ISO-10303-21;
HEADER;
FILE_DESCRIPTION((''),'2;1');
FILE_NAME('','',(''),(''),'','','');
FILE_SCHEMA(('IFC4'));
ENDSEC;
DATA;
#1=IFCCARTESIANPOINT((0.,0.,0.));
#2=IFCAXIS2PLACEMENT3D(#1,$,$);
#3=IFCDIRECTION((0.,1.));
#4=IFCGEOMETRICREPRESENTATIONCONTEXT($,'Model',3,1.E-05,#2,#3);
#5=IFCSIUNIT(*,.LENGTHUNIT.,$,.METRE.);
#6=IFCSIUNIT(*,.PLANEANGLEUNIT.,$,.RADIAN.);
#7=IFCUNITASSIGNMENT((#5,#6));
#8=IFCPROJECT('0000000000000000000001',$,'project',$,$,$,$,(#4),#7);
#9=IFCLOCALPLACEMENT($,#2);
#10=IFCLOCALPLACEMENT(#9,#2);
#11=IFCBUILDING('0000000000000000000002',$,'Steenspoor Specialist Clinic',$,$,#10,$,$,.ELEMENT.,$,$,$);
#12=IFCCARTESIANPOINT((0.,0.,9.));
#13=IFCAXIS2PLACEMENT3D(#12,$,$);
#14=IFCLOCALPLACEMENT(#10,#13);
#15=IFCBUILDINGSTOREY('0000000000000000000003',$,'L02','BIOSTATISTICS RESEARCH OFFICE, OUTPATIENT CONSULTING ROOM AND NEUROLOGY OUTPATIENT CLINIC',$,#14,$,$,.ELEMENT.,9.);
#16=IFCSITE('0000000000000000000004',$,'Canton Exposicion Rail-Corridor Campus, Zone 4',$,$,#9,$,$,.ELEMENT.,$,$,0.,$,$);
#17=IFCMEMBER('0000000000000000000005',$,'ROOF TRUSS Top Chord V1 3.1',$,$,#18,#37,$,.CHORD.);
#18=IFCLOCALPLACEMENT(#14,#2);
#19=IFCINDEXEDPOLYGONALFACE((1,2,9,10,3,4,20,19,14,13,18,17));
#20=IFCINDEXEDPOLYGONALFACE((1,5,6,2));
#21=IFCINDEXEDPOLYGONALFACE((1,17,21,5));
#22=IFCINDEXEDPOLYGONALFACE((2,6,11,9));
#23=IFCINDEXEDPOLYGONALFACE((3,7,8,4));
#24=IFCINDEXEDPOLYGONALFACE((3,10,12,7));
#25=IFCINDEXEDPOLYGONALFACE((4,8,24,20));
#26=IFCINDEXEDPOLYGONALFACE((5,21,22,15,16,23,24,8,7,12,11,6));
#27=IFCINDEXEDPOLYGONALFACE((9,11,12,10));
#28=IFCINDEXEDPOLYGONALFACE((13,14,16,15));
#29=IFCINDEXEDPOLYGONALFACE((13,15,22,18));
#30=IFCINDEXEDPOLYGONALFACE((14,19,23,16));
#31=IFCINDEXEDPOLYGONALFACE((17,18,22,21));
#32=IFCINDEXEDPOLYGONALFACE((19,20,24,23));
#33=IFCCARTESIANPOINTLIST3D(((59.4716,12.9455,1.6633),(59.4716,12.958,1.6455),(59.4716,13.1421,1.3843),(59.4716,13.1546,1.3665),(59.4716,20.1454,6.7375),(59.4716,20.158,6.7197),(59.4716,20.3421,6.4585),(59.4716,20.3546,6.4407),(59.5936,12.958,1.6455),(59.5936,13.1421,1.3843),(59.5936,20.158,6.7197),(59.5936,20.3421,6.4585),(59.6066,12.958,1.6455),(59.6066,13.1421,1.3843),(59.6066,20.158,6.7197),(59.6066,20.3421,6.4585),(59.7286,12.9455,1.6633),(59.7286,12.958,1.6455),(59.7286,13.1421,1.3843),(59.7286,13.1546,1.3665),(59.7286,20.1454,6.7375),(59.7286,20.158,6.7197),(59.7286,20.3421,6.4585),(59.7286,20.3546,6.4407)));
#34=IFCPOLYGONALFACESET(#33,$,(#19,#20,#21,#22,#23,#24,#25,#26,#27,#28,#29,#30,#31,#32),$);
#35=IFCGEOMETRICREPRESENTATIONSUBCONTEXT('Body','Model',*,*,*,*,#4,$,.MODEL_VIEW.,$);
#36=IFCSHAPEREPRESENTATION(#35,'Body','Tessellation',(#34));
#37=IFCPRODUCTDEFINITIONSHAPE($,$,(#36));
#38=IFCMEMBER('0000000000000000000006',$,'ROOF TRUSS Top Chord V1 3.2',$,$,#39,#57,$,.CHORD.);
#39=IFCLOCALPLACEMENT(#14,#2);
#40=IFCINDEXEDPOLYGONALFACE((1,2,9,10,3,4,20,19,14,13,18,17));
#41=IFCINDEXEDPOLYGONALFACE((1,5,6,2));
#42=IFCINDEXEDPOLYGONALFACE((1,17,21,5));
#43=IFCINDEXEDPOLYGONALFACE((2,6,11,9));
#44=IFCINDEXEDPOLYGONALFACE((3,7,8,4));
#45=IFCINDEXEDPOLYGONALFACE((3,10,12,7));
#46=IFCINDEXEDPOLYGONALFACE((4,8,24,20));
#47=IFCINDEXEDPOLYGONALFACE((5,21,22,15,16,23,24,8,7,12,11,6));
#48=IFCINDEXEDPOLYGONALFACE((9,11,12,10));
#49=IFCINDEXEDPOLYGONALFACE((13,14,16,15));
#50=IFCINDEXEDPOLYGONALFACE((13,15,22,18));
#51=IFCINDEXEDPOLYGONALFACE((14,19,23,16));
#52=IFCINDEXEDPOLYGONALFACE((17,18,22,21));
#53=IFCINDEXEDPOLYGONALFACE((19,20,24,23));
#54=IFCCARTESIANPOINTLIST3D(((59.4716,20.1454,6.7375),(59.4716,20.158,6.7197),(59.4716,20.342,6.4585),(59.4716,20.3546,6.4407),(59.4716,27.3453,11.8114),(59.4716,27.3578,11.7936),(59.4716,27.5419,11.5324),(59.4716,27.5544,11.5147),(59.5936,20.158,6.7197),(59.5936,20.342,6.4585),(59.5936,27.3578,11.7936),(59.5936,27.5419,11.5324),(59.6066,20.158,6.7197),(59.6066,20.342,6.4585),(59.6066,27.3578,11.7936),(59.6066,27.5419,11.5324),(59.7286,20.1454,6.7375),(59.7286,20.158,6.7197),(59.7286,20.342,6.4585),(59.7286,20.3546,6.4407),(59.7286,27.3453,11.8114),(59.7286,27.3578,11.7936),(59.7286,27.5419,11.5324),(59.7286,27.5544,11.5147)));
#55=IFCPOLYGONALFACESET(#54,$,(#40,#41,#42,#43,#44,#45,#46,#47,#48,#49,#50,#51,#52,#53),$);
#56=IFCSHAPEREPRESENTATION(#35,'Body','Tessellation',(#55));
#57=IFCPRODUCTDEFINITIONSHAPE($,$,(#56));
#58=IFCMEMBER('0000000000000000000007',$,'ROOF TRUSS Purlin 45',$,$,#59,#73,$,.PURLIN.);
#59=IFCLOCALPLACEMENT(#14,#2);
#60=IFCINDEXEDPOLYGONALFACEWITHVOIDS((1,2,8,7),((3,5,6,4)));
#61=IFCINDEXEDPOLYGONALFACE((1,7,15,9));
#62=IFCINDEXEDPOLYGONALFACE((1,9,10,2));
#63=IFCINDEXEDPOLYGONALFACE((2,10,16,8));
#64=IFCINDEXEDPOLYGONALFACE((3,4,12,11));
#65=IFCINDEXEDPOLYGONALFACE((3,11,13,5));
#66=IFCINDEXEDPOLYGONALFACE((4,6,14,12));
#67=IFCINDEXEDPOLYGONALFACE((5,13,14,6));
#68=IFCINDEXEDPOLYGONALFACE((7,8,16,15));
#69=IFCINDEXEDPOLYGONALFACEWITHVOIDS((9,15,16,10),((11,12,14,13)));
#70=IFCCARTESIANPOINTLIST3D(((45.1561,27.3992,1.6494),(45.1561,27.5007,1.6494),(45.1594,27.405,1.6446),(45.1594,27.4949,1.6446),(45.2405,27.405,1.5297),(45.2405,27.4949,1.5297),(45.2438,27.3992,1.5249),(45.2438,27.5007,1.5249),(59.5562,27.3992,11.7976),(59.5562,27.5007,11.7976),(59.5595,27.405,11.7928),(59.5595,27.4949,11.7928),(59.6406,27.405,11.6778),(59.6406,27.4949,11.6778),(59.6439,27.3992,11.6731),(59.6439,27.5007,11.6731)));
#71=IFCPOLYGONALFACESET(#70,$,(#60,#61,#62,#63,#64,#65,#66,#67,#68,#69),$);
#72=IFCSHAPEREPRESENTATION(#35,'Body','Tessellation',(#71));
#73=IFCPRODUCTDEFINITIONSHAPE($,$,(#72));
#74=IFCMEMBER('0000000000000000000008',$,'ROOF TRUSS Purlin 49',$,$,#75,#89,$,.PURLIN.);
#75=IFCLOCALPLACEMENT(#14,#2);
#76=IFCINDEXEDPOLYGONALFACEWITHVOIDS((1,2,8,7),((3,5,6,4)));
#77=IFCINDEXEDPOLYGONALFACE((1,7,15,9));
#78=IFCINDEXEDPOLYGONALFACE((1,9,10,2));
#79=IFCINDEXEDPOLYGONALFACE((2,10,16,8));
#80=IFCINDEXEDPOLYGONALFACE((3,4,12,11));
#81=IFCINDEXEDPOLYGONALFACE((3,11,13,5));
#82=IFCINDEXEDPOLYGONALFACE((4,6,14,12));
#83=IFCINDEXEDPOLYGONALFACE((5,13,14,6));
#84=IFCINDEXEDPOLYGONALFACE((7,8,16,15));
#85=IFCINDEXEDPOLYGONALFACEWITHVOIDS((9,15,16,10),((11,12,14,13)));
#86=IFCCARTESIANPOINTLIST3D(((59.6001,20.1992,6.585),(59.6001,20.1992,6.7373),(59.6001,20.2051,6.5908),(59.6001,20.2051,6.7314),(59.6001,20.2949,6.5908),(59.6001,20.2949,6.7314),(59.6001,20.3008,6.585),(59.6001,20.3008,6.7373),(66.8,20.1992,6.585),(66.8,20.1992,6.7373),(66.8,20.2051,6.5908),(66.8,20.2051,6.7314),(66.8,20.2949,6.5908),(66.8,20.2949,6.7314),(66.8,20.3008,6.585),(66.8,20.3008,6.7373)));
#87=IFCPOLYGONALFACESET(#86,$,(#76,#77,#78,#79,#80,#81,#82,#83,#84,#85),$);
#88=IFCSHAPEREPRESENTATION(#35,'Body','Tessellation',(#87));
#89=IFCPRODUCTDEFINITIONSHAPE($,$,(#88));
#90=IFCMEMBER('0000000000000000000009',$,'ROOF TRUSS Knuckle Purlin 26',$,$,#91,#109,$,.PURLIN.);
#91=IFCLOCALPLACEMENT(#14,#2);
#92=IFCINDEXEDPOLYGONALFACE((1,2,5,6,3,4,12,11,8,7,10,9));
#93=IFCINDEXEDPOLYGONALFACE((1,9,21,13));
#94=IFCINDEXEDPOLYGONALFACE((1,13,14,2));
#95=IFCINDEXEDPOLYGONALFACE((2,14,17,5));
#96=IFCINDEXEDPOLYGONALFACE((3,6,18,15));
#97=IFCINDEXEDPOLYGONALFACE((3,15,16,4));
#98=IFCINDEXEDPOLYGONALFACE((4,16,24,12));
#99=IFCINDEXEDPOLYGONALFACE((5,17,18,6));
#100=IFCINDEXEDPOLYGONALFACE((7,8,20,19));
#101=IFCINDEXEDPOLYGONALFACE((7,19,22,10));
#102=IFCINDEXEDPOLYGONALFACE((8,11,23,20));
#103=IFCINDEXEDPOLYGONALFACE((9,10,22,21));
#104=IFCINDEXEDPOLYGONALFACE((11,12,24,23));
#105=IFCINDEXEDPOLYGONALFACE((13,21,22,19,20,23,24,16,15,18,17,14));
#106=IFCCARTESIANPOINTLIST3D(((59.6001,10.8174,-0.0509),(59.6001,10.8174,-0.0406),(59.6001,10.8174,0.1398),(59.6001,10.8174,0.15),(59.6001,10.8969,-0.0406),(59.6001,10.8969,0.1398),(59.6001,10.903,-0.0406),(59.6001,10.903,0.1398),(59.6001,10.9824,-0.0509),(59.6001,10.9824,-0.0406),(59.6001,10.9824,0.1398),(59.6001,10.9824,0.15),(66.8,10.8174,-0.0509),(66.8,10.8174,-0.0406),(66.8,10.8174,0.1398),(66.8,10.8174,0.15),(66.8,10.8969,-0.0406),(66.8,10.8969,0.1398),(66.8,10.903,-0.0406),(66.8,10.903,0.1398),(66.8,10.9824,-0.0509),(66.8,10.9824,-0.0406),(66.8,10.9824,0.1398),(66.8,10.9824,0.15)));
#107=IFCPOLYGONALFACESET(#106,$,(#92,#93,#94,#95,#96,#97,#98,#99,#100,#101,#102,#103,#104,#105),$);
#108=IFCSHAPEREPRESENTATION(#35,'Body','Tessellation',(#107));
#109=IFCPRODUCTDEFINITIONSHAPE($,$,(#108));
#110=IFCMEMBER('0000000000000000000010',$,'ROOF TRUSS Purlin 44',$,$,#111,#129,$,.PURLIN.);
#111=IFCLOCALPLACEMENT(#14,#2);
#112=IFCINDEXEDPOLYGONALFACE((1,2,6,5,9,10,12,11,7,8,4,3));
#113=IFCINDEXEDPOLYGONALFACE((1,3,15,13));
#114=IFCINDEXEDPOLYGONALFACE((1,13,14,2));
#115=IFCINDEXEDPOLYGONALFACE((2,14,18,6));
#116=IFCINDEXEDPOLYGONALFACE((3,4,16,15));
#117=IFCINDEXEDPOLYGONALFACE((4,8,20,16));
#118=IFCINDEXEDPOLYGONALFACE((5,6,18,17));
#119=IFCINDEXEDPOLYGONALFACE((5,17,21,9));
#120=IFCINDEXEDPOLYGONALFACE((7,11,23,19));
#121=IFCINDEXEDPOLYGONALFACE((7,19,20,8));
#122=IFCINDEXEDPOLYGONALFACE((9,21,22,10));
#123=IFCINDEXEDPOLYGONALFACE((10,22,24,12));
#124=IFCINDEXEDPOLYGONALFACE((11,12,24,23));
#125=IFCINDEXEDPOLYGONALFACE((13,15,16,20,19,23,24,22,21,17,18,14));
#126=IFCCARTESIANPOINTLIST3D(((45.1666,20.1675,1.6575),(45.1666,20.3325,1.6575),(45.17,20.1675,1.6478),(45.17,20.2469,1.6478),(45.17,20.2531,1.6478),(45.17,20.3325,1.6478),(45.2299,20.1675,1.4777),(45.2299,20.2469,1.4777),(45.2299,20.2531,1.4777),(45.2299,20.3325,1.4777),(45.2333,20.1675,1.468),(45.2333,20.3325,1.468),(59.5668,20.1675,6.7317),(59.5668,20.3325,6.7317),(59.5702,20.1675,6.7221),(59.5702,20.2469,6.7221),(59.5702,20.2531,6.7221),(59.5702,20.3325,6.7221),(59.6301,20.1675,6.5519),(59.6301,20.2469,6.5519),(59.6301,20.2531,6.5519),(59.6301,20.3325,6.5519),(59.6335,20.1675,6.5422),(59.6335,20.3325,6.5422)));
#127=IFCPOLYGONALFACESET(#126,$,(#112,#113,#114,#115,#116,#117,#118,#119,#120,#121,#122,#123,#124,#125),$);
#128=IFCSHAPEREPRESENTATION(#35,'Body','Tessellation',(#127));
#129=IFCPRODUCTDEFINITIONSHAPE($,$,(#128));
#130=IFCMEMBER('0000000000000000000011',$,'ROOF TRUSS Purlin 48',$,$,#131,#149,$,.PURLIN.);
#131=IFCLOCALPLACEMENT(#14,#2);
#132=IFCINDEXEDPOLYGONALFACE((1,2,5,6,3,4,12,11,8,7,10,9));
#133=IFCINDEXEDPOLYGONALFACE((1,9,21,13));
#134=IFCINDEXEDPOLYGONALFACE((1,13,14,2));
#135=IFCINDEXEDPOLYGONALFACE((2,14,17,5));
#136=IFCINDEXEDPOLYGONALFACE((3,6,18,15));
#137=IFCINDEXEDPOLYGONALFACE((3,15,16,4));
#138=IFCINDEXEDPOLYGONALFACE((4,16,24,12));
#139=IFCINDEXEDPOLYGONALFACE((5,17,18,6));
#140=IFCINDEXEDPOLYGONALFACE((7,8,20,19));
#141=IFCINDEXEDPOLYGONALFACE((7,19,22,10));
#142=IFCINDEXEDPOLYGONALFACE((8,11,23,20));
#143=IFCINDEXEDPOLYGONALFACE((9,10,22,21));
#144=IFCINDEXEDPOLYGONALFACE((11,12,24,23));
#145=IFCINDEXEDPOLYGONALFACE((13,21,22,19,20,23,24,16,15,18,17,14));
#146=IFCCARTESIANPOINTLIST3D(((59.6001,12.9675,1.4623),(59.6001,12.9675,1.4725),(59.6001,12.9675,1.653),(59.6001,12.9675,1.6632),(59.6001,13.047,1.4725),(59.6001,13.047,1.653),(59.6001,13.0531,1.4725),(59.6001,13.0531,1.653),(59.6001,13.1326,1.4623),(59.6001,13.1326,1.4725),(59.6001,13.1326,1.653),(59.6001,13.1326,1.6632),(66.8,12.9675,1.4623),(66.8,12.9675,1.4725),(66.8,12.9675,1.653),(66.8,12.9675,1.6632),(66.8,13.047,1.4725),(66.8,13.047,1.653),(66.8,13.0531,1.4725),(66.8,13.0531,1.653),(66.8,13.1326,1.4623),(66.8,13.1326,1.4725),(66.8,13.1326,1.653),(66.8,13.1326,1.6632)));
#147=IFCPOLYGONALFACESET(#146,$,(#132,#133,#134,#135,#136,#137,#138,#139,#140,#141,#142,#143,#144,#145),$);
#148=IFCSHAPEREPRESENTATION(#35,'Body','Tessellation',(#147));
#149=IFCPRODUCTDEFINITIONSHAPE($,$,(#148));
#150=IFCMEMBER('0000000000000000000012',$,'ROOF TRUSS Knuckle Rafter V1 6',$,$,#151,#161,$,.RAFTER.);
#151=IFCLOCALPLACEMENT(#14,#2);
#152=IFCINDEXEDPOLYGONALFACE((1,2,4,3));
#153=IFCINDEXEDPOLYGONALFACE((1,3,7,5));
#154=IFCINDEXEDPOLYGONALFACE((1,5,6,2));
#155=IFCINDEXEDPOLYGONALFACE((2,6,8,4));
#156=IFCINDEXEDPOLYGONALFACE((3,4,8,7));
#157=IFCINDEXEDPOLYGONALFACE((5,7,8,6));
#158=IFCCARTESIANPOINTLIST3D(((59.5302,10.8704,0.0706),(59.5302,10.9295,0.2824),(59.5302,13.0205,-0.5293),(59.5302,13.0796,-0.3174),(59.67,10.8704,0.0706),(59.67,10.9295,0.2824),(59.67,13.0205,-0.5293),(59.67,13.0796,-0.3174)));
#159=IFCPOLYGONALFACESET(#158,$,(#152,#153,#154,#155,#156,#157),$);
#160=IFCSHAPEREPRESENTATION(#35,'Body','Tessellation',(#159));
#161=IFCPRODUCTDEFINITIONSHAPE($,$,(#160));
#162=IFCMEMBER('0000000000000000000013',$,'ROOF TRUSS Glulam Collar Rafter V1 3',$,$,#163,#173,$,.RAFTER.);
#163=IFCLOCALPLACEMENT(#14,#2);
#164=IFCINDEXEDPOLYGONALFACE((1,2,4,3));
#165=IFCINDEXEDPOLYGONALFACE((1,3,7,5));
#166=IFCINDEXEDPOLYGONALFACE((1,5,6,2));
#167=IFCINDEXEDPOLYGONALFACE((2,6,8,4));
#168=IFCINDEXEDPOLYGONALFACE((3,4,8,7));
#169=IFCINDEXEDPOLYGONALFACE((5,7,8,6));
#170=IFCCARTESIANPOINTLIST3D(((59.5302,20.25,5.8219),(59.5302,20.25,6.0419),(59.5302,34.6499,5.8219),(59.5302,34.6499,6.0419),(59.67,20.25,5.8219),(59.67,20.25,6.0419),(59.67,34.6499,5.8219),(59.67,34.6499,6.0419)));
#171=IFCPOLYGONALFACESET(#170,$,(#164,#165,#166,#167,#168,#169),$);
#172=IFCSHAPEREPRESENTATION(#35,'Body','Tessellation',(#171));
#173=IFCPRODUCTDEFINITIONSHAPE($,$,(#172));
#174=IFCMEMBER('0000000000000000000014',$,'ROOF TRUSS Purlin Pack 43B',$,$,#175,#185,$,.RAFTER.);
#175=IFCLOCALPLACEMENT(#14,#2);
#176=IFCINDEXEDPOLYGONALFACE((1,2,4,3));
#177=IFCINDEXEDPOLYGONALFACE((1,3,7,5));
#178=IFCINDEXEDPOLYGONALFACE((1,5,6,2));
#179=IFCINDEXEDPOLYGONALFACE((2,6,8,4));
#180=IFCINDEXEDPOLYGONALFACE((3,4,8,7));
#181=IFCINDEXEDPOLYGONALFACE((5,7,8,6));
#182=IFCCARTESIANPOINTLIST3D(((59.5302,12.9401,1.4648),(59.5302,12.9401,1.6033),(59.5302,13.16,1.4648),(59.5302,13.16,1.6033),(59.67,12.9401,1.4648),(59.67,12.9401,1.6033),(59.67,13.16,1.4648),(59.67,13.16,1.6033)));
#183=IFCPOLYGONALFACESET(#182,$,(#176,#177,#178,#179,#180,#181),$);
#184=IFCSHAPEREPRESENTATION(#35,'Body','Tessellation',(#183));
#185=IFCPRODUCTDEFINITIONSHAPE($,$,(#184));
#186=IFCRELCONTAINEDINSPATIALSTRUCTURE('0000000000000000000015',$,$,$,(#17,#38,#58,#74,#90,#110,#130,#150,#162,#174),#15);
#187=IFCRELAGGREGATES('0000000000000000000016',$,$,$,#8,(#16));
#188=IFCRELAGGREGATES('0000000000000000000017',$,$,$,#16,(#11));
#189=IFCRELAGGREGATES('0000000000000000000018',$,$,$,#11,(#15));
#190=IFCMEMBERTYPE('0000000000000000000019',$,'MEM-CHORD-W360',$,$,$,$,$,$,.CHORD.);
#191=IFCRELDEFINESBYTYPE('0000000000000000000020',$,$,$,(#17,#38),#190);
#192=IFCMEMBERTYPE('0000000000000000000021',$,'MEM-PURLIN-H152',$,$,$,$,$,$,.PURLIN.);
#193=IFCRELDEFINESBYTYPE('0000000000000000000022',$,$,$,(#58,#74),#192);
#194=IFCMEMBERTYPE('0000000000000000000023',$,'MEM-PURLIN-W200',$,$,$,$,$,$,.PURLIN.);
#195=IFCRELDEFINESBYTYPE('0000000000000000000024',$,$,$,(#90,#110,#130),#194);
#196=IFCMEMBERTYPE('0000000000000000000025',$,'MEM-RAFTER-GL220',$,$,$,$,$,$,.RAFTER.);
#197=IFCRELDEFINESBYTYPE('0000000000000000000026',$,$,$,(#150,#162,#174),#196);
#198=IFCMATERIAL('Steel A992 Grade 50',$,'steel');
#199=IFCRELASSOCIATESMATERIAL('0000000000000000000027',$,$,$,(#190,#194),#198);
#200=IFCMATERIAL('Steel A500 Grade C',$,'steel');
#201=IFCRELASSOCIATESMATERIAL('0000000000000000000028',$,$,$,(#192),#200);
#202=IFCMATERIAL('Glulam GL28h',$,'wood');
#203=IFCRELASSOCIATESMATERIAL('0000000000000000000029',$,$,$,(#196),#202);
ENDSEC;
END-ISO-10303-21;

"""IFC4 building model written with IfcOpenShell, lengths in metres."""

from ifc_helpers import new_model, si_unit, direction, frame, origin, origin_2d, place, context, subcontext, project, spatial, rectangle, hollow_rectangle, i_section, extrude, material, material_profile, profile_set, type_object, element, save


model = new_model("IFC4")

# Units and contexts
model_context = context("Model", 3, precision=1e-05, world=origin(), true_north=direction((0.0, 1.0)))
body_context = subcontext(model_context, "Body", "Model", "MODEL_VIEW")
ifc_project = project(units=[si_unit("LENGTHUNIT", "METRE"), si_unit("PLANEANGLEUNIT", "RADIAN")], contexts=[model_context])

# Site, building, storey
site_placement = place(None, origin())
site = spatial("IfcSite", under=ifc_project, at=site_placement, Name="Canton Exposicion Rail-Corridor Campus, Zone 4", CompositionType="ELEMENT", RefElevation=0.0)
building_placement = place(site_placement, origin())
building = spatial("IfcBuilding", under=site, at=building_placement, Name="Steenspoor Specialist Clinic", CompositionType="ELEMENT")
storey_placement = place(building_placement, frame((0.0, 0.0, 9.0)))
storey = spatial("IfcBuildingStorey", under=building, at=storey_placement, Name="L02", Description="BIOSTATISTICS RESEARCH OFFICE, OUTPATIENT CONSULTING ROOM AND NEUROLOGY OUTPATIENT CLINIC", CompositionType="ELEMENT", Elevation=9.0)

# Shared definitions
ifc_material_1 = material(Name="Steel A992 Grade 50", Category="steel")

# Members
ifc_material_2 = material(Name="Steel A500 Grade C", Category="steel")
ifc_material_profile_1 = material_profile(ifc_material_1, i_section(OverallWidth=0.2571, OverallDepth=0.363, WebThickness=0.0129, FlangeThickness=0.0217, at=origin_2d()), Name="W360X122")
ifc_profile_set_1 = profile_set([ifc_material_profile_1], Name="Steel A992 Grade 50")
member_type_1 = type_object("IfcMemberType", Name="MEM-CHORD-W360", PredefinedType="CHORD", material=ifc_profile_set_1)
member_1_placement = place(storey_placement, frame((59.6001, 13.05, 1.5149), z_axis=(0.0, 0.817401, 0.576069), x_axis=(-1.0, 0.0, 0.0)))
element("IfcMember", 1, at=member_1_placement, inside=storey, type_object=member_type_1, Name="ROOF TRUSS Top Chord V1 3.1", PredefinedType="CHORD", context=body_context, shape_type="SweptSolid", body=[
    extrude(i_section(OverallWidth=0.2571, OverallDepth=0.363, WebThickness=0.0129, FlangeThickness=0.0217, at=origin_2d()), origin(), (0.0, 0.0, 1.0), 8.8083),
])
member_2_placement = place(storey_placement, frame((59.6001, 20.25, 6.5891), z_axis=(0.0, 0.817414, 0.576051), x_axis=(-1.0, 0.0, 0.0)))
element("IfcMember", 2, at=member_2_placement, inside=storey, type_object=member_type_1, Name="ROOF TRUSS Top Chord V1 3.2", PredefinedType="CHORD", context=body_context, shape_type="SweptSolid", body=[
    extrude(i_section(OverallWidth=0.2571, OverallDepth=0.363, WebThickness=0.0129, FlangeThickness=0.0217, at=origin_2d()), origin(), (0.0, 0.0, 1.0), 8.8081),
])
ifc_material_profile_2 = material_profile(ifc_material_2, hollow_rectangle(XDim=0.1016, YDim=0.1523, WallThickness=0.0059, at=origin_2d()), Name="HSS152X102X6.4")
ifc_profile_set_2 = profile_set([ifc_material_profile_2], Name="Steel A500 Grade C")
member_type_2 = type_object("IfcMemberType", Name="MEM-PURLIN-H152", PredefinedType="PURLIN", material=ifc_profile_set_2)
member_3_placement = place(storey_placement, frame((45.2, 27.45, 1.5872), z_axis=(0.817412, 0.0, 0.576054), x_axis=(0.0, 1.0, 0.0)))
element("IfcMember", 3, at=member_3_placement, inside=storey, type_object=member_type_2, Name="ROOF TRUSS Purlin 45", PredefinedType="PURLIN", context=body_context, shape_type="SweptSolid", body=[
    extrude(hollow_rectangle(XDim=0.1016, YDim=0.1523, WallThickness=0.0059, at=origin_2d()), origin(), (0.0, 0.0, 1.0), 17.6167),
])
member_4_placement = place(storey_placement, frame((59.6001, 20.25, 6.6611), z_axis=(1.0, 0.0, 0.0), x_axis=(0.0, 1.0, 0.0)))
element("IfcMember", 4, at=member_4_placement, inside=storey, type_object=member_type_2, Name="ROOF TRUSS Purlin 49", PredefinedType="PURLIN", context=body_context, shape_type="SweptSolid", body=[
    extrude(hollow_rectangle(XDim=0.1016, YDim=0.1523, WallThickness=0.0059, at=origin_2d()), origin(), (0.0, 0.0, 1.0), 7.2),
])
ifc_material_profile_3 = material_profile(ifc_material_1, i_section(OverallWidth=0.165, OverallDepth=0.2009, WebThickness=0.0061, FlangeThickness=0.0103, at=origin_2d()), Name="W200X36")
ifc_profile_set_3 = profile_set([ifc_material_profile_3], Name="Steel A992 Grade 50")
member_type_3 = type_object("IfcMemberType", Name="MEM-PURLIN-W200", PredefinedType="PURLIN", material=ifc_profile_set_3)
member_5_placement = place(storey_placement, frame((59.6001, 10.8999, 0.0496), z_axis=(1.0, 0.0, 0.0), x_axis=(0.0, 1.0, 0.0)))
element("IfcMember", 5, at=member_5_placement, inside=storey, type_object=member_type_3, Name="ROOF TRUSS Knuckle Purlin 26", PredefinedType="PURLIN", context=body_context, shape_type="SweptSolid", body=[
    extrude(i_section(OverallWidth=0.165, OverallDepth=0.2009, WebThickness=0.0061, FlangeThickness=0.0103, at=origin_2d()), origin(), (0.0, 0.0, 1.0), 7.2),
])
member_6_placement = place(storey_placement, frame((45.2, 20.25, 1.5627), z_axis=(0.943158, 0.0, 0.332343), x_axis=(0.0, 1.0, 0.0)))
element("IfcMember", 6, at=member_6_placement, inside=storey, type_object=member_type_3, Name="ROOF TRUSS Purlin 44", PredefinedType="PURLIN", context=body_context, shape_type="SweptSolid", body=[
    extrude(i_section(OverallWidth=0.165, OverallDepth=0.2009, WebThickness=0.0061, FlangeThickness=0.0103, at=origin_2d()), origin(), (0.0, 0.0, 1.0), 15.2681),
])
member_7_placement = place(storey_placement, frame((59.6001, 13.05, 1.5627), z_axis=(1.0, 0.0, 0.0), x_axis=(0.0, 1.0, 0.0)))
element("IfcMember", 7, at=member_7_placement, inside=storey, type_object=member_type_3, Name="ROOF TRUSS Purlin 48", PredefinedType="PURLIN", context=body_context, shape_type="SweptSolid", body=[
    extrude(i_section(OverallWidth=0.165, OverallDepth=0.2009, WebThickness=0.0061, FlangeThickness=0.0103, at=origin_2d()), origin(), (0.0, 0.0, 1.0), 7.2),
])
ifc_material_3 = material(Name="Glulam GL28h", Category="wood")
ifc_material_profile_4 = material_profile(ifc_material_3, rectangle(XDim=0.1399, YDim=0.22, at=origin_2d()), Name="GL28H-140X220")
ifc_profile_set_4 = profile_set([ifc_material_profile_4], Name="Glulam GL28h")
member_type_4 = type_object("IfcMemberType", Name="MEM-RAFTER-GL220", PredefinedType="RAFTER", material=ifc_profile_set_4)
member_8_placement = place(storey_placement, frame((59.6001, 13.05, -0.4233), z_axis=(0.0, -0.963218, 0.268721), x_axis=(1.0, 0.0, 0.0)))
element("IfcMember", 8, at=member_8_placement, inside=storey, type_object=member_type_4, Name="ROOF TRUSS Knuckle Rafter V1 6", PredefinedType="RAFTER", context=body_context, shape_type="SweptSolid", body=[
    extrude(rectangle(XDim=0.1399, YDim=0.22, at=origin_2d()), origin(), (0.0, 0.0, 1.0), 2.2322),
])
member_9_placement = place(storey_placement, frame((59.6001, 20.25, 5.9319), z_axis=(0.0, 1.0, 0.0), x_axis=(-1.0, 0.0, 0.0)))
element("IfcMember", 9, at=member_9_placement, inside=storey, type_object=member_type_4, Name="ROOF TRUSS Glulam Collar Rafter V1 3", PredefinedType="RAFTER", context=body_context, shape_type="SweptSolid", body=[
    extrude(rectangle(XDim=0.1399, YDim=0.22, at=origin_2d()), origin(), (0.0, 0.0, 1.0), 14.3999),
])
member_10_placement = place(storey_placement, frame((59.6001, 13.05, 1.4648), z_axis=(0.0, 0.0, 1.0), x_axis=(1.0, 0.0, 0.0)))
element("IfcMember", 10, at=member_10_placement, inside=storey, type_object=member_type_4, Name="ROOF TRUSS Purlin Pack 43B", PredefinedType="RAFTER", context=body_context, shape_type="SweptSolid", body=[
    extrude(rectangle(XDim=0.1399, YDim=0.22, at=origin_2d()), origin(), (0.0, 0.0, 1.0), 0.1384),
])

save(model, "model.ifc")
